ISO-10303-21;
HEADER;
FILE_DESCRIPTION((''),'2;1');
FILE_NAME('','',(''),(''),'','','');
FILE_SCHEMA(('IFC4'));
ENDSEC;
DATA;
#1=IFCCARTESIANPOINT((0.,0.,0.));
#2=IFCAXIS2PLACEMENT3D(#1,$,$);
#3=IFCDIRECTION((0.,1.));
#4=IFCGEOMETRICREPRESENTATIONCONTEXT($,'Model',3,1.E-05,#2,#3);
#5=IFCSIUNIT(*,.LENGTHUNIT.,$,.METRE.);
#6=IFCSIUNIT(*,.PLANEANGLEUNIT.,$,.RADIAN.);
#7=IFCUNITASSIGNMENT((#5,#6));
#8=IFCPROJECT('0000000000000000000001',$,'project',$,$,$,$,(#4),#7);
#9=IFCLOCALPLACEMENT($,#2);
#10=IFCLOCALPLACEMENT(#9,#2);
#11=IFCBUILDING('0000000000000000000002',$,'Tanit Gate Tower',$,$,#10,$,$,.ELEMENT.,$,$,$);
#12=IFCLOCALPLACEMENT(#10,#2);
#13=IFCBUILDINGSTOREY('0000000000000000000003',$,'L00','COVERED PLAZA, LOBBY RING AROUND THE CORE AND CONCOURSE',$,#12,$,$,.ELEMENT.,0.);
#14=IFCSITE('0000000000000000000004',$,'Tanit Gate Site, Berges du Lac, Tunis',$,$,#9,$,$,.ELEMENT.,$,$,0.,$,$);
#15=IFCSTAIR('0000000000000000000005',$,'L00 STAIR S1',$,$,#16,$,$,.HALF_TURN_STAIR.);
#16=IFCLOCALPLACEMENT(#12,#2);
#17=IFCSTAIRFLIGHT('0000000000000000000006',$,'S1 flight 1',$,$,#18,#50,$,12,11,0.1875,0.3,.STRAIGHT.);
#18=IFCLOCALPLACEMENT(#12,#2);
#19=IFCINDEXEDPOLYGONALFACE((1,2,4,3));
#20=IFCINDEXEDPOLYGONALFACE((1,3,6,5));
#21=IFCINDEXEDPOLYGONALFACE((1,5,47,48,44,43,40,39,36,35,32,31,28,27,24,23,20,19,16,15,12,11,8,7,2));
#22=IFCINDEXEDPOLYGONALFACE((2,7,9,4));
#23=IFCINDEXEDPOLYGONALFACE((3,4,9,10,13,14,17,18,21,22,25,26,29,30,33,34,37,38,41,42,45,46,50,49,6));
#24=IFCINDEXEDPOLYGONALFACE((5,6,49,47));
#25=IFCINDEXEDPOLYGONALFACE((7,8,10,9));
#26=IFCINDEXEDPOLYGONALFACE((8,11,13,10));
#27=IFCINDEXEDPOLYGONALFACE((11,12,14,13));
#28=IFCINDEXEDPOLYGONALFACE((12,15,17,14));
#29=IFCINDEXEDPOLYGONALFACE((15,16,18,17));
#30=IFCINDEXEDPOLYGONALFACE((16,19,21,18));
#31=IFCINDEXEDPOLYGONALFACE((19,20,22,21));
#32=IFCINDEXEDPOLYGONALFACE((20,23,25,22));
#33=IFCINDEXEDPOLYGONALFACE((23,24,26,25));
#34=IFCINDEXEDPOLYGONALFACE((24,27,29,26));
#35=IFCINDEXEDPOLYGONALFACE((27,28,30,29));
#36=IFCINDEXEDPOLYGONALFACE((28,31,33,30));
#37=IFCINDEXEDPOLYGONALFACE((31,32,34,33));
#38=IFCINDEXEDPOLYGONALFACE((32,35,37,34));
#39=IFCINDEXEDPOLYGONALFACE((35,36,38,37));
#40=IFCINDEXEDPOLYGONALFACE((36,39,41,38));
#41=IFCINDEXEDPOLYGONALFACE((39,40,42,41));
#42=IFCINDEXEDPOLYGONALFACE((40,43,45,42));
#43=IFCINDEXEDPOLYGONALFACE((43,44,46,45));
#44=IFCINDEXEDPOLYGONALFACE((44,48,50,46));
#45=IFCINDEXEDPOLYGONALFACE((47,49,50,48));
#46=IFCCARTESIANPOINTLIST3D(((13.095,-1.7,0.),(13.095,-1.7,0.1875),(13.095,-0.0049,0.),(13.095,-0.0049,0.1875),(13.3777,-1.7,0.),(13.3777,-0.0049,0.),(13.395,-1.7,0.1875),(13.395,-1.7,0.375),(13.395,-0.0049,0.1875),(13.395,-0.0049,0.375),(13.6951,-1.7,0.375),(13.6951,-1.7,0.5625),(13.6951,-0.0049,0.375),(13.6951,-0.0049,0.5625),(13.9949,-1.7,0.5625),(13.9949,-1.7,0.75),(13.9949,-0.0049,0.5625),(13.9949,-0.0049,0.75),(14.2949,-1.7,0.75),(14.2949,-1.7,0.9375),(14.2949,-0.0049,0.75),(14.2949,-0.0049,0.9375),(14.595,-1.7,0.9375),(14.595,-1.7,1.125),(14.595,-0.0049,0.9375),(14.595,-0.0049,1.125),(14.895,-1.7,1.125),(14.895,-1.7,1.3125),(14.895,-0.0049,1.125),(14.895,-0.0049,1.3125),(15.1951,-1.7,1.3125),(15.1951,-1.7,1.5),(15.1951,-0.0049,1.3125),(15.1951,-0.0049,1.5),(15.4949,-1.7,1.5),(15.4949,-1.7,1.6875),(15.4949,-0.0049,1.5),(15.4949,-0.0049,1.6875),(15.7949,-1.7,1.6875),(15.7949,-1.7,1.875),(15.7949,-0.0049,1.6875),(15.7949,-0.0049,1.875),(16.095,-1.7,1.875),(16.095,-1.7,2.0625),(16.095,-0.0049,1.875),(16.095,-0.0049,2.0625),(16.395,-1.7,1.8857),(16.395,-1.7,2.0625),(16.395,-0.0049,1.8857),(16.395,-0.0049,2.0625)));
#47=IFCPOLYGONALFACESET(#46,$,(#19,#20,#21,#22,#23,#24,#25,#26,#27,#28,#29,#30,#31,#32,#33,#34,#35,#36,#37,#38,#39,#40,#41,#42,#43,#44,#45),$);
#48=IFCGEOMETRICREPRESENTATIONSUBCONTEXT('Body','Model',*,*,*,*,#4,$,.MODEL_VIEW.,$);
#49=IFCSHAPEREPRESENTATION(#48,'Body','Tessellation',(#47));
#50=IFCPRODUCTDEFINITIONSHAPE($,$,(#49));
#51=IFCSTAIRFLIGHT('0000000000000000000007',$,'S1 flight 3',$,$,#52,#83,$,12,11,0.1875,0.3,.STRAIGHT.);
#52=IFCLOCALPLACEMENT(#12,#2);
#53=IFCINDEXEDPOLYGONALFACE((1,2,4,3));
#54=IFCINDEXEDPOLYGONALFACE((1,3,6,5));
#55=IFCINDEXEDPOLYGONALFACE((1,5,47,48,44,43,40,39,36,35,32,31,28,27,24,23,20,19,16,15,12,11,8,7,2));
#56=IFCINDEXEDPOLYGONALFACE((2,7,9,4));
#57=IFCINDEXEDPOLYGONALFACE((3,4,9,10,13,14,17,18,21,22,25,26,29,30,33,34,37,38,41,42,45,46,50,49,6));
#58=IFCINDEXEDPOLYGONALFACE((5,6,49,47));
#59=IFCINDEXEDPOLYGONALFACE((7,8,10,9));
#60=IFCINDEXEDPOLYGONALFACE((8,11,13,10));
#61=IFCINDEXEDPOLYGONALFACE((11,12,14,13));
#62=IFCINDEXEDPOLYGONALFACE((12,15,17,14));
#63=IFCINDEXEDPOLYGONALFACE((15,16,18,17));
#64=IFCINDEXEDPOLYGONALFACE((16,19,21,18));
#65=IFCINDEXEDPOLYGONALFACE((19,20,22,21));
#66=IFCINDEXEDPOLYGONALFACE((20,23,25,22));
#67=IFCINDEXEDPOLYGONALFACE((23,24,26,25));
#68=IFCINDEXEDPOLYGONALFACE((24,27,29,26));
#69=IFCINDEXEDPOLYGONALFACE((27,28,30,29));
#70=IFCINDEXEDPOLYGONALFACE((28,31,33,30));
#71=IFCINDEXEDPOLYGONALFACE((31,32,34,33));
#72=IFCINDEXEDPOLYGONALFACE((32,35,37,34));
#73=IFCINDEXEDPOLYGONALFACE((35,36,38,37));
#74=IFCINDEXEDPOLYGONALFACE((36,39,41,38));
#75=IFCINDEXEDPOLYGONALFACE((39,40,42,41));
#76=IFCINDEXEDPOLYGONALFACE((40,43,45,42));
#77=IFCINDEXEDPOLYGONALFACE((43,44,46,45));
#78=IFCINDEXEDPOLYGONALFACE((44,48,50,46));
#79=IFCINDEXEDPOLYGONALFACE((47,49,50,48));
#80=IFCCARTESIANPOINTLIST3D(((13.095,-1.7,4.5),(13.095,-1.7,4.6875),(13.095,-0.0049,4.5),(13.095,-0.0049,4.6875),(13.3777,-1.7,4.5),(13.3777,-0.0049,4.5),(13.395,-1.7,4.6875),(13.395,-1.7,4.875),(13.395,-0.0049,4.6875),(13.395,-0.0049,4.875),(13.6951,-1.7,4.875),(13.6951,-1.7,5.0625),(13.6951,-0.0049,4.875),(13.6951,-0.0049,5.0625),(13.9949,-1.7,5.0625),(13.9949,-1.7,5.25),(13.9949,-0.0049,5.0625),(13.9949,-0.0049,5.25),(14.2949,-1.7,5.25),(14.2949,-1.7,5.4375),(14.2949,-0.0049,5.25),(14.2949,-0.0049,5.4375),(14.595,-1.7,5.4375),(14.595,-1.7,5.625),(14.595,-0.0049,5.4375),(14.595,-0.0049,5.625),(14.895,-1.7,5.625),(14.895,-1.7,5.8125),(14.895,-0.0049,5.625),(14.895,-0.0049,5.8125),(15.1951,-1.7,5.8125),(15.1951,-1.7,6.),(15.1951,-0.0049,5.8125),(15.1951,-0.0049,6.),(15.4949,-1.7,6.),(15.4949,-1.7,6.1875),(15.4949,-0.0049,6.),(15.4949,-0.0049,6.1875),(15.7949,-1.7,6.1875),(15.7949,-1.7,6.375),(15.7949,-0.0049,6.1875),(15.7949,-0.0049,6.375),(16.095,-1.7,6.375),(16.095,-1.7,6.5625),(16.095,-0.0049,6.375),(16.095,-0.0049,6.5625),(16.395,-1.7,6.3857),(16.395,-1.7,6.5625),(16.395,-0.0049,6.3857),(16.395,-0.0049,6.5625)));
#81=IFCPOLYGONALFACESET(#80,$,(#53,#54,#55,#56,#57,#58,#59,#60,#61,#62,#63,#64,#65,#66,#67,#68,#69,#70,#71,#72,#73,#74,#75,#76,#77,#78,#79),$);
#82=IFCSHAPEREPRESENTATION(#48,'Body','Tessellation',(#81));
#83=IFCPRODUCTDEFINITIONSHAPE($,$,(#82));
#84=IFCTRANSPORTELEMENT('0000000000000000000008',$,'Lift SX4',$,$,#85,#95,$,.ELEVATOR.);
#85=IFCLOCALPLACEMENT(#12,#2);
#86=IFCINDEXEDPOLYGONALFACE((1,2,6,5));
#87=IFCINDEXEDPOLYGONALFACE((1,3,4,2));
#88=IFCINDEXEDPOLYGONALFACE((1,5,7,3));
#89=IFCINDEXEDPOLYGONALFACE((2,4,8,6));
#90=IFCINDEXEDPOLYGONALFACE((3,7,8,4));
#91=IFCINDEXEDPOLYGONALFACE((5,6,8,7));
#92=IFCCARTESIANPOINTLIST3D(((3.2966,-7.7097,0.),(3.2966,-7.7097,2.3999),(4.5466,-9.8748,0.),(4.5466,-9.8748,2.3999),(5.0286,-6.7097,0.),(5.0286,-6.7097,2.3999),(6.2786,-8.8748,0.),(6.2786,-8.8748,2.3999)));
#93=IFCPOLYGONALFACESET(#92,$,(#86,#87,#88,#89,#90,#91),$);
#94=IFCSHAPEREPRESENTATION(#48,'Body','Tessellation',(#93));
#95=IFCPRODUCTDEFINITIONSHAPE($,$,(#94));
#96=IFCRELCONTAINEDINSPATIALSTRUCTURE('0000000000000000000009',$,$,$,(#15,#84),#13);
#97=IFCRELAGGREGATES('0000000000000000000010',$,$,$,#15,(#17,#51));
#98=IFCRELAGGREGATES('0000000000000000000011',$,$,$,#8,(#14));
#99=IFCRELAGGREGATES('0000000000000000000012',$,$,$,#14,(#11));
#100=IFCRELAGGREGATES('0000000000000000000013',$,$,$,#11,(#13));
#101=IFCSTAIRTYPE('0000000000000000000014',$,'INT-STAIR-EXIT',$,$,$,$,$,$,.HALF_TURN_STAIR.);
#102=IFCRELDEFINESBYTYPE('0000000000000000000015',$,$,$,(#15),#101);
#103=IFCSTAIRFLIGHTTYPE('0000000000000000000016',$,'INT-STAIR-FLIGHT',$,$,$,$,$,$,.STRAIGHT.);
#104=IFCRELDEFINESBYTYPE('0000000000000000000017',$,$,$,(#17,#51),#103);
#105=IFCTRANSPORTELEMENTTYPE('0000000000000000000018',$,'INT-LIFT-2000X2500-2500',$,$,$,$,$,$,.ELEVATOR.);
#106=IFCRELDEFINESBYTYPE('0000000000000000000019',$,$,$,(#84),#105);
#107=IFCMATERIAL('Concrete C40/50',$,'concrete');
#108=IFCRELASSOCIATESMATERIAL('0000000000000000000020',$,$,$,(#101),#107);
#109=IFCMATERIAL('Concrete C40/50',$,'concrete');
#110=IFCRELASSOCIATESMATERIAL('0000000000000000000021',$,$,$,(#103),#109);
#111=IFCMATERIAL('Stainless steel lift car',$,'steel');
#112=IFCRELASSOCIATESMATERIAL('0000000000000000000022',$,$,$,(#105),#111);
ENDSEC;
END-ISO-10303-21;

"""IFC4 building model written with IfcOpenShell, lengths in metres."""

from ifc_helpers import new_model, si_unit, direction, frame, origin, origin_2d, place, context, subcontext, project, spatial, polyline, rectangle, outline, extrude, material, type_object, element, aggregate, save


model = new_model("IFC4")

# Units and contexts
model_context = context("Model", 3, precision=1e-05, world=origin(), true_north=direction((0.0, 1.0)))
body_context = subcontext(model_context, "Body", "Model", "MODEL_VIEW")
ifc_project = project(units=[si_unit("LENGTHUNIT", "METRE"), si_unit("PLANEANGLEUNIT", "RADIAN")], contexts=[model_context])

# Site, building, storey
site_placement = place(None, origin())
site = spatial("IfcSite", under=ifc_project, at=site_placement, Name="Tanit Gate Site, Berges du Lac, Tunis", CompositionType="ELEMENT", RefElevation=0.0)
building_placement = place(site_placement, origin())
building = spatial("IfcBuilding", under=site, at=building_placement, Name="Tanit Gate Tower", CompositionType="ELEMENT")
storey_placement = place(building_placement, origin())
storey = spatial("IfcBuildingStorey", under=building, at=storey_placement, Name="L00", Description="COVERED PLAZA, LOBBY RING AROUND THE CORE AND CONCOURSE", CompositionType="ELEMENT", Elevation=0.0)

# Stair, stair flights
ifc_material_1 = material(Name="Concrete C40/50", Category="concrete")
stair_type = type_object("IfcStairType", Name="INT-STAIR-EXIT", PredefinedType="HALF_TURN_STAIR", material=ifc_material_1)
stair_placement = place(storey_placement, origin())
stair = element("IfcStair", 1, at=stair_placement, inside=storey, type_object=stair_type, Name="L00 STAIR S1", PredefinedType="HALF_TURN_STAIR")
ifc_material_2 = material(Name="Concrete C40/50", Category="concrete")
stair_flight_type = type_object("IfcStairFlightType", Name="INT-STAIR-FLIGHT", PredefinedType="STRAIGHT", material=ifc_material_2)
stair_flight_1_placement = place(storey_placement, frame((13.095, -0.8525, 0.0), z_axis=(0.0, 0.0, 1.0), x_axis=(1.0, 0.0, 0.0)))
stair_flight_1 = element("IfcStairFlight", 2, at=stair_flight_1_placement, type_object=stair_flight_type, Name="S1 flight 1", NumberOfRisers=12, NumberOfTreads=11, PredefinedType="STRAIGHT", RiserHeight=0.1875, TreadLength=0.3, context=body_context, shape_type="SweptSolid", body=[
    extrude(outline(polyline([(0.0, 0.0), (0.0, 0.1875), (0.3, 0.1875), (0.3, 0.375), (0.6001, 0.375), (0.6001, 0.5625), (0.8999, 0.5625), (0.8999, 0.75), (1.2, 0.75), (1.2, 0.9375), (1.5, 0.9375), (1.5, 1.125), (1.8, 1.125), (1.8, 1.3125), (2.1001, 1.3125), (2.1001, 1.5), (2.3999, 1.5), (2.3999, 1.6875), (2.7, 1.6875), (2.7, 1.875), (3.0, 1.875), (3.0, 2.0625), (3.3, 2.0625), (3.3, 2.25), (3.3, 1.8857), (0.2827, 0.0), (0.0, 0.0)])), frame((0.0, 0.8477, 0.0), z_axis=(0.0, -1.0, 0.0), x_axis=(1.0, 0.0, 0.0)), (0.0, 0.0, 1.0), 1.6951),
])
stair_flight_2_placement = place(storey_placement, frame((13.095, -0.8525, 4.5), z_axis=(0.0, 0.0, 1.0), x_axis=(1.0, 0.0, 0.0)))
stair_flight_2 = element("IfcStairFlight", 3, at=stair_flight_2_placement, type_object=stair_flight_type, Name="S1 flight 3", NumberOfRisers=12, NumberOfTreads=11, PredefinedType="STRAIGHT", RiserHeight=0.1875, TreadLength=0.3, context=body_context, shape_type="SweptSolid", body=[
    extrude(outline(polyline([(0.0, 0.0), (0.0, 0.1875), (0.3, 0.1875), (0.3, 0.375), (0.6001, 0.375), (0.6001, 0.5625), (0.8999, 0.5625), (0.8999, 0.75), (1.2, 0.75), (1.2, 0.9375), (1.5, 0.9375), (1.5, 1.125), (1.8, 1.125), (1.8, 1.3125), (2.1001, 1.3125), (2.1001, 1.5), (2.3999, 1.5), (2.3999, 1.6875), (2.7, 1.6875), (2.7, 1.875), (3.0, 1.875), (3.0, 2.0625), (3.3, 2.0625), (3.3, 2.25), (3.3, 1.8857), (0.2827, 0.0), (0.0, 0.0)])), frame((0.0, 0.8477, 0.0), z_axis=(0.0, -1.0, 0.0), x_axis=(1.0, 0.0, 0.0)), (0.0, 0.0, 1.0), 1.6951),
])
aggregate(stair, [stair_flight_1, stair_flight_2])

# Transport element
ifc_material_3 = material(Name="Stainless steel lift car", Category="steel")
transport_element_type = type_object("IfcTransportElementType", Name="INT-LIFT-2000X2500-2500", PredefinedType="ELEVATOR", material=ifc_material_3)
transport_element_placement = place(storey_placement, frame((4.7876, -8.2922, 0.0), z_axis=(0.0, 0.0, 1.0), x_axis=(0.866025, 0.5, 0.0)))
element("IfcTransportElement", 4, at=transport_element_placement, inside=storey, type_object=transport_element_type, Name="Lift SX4", PredefinedType="ELEVATOR", context=body_context, shape_type="SweptSolid", body=[
    extrude(rectangle(XDim=2.0, YDim=2.5, at=origin_2d()), origin(), (0.0, 0.0, 1.0), 2.3999),
])

save(model, "model.ifc")
